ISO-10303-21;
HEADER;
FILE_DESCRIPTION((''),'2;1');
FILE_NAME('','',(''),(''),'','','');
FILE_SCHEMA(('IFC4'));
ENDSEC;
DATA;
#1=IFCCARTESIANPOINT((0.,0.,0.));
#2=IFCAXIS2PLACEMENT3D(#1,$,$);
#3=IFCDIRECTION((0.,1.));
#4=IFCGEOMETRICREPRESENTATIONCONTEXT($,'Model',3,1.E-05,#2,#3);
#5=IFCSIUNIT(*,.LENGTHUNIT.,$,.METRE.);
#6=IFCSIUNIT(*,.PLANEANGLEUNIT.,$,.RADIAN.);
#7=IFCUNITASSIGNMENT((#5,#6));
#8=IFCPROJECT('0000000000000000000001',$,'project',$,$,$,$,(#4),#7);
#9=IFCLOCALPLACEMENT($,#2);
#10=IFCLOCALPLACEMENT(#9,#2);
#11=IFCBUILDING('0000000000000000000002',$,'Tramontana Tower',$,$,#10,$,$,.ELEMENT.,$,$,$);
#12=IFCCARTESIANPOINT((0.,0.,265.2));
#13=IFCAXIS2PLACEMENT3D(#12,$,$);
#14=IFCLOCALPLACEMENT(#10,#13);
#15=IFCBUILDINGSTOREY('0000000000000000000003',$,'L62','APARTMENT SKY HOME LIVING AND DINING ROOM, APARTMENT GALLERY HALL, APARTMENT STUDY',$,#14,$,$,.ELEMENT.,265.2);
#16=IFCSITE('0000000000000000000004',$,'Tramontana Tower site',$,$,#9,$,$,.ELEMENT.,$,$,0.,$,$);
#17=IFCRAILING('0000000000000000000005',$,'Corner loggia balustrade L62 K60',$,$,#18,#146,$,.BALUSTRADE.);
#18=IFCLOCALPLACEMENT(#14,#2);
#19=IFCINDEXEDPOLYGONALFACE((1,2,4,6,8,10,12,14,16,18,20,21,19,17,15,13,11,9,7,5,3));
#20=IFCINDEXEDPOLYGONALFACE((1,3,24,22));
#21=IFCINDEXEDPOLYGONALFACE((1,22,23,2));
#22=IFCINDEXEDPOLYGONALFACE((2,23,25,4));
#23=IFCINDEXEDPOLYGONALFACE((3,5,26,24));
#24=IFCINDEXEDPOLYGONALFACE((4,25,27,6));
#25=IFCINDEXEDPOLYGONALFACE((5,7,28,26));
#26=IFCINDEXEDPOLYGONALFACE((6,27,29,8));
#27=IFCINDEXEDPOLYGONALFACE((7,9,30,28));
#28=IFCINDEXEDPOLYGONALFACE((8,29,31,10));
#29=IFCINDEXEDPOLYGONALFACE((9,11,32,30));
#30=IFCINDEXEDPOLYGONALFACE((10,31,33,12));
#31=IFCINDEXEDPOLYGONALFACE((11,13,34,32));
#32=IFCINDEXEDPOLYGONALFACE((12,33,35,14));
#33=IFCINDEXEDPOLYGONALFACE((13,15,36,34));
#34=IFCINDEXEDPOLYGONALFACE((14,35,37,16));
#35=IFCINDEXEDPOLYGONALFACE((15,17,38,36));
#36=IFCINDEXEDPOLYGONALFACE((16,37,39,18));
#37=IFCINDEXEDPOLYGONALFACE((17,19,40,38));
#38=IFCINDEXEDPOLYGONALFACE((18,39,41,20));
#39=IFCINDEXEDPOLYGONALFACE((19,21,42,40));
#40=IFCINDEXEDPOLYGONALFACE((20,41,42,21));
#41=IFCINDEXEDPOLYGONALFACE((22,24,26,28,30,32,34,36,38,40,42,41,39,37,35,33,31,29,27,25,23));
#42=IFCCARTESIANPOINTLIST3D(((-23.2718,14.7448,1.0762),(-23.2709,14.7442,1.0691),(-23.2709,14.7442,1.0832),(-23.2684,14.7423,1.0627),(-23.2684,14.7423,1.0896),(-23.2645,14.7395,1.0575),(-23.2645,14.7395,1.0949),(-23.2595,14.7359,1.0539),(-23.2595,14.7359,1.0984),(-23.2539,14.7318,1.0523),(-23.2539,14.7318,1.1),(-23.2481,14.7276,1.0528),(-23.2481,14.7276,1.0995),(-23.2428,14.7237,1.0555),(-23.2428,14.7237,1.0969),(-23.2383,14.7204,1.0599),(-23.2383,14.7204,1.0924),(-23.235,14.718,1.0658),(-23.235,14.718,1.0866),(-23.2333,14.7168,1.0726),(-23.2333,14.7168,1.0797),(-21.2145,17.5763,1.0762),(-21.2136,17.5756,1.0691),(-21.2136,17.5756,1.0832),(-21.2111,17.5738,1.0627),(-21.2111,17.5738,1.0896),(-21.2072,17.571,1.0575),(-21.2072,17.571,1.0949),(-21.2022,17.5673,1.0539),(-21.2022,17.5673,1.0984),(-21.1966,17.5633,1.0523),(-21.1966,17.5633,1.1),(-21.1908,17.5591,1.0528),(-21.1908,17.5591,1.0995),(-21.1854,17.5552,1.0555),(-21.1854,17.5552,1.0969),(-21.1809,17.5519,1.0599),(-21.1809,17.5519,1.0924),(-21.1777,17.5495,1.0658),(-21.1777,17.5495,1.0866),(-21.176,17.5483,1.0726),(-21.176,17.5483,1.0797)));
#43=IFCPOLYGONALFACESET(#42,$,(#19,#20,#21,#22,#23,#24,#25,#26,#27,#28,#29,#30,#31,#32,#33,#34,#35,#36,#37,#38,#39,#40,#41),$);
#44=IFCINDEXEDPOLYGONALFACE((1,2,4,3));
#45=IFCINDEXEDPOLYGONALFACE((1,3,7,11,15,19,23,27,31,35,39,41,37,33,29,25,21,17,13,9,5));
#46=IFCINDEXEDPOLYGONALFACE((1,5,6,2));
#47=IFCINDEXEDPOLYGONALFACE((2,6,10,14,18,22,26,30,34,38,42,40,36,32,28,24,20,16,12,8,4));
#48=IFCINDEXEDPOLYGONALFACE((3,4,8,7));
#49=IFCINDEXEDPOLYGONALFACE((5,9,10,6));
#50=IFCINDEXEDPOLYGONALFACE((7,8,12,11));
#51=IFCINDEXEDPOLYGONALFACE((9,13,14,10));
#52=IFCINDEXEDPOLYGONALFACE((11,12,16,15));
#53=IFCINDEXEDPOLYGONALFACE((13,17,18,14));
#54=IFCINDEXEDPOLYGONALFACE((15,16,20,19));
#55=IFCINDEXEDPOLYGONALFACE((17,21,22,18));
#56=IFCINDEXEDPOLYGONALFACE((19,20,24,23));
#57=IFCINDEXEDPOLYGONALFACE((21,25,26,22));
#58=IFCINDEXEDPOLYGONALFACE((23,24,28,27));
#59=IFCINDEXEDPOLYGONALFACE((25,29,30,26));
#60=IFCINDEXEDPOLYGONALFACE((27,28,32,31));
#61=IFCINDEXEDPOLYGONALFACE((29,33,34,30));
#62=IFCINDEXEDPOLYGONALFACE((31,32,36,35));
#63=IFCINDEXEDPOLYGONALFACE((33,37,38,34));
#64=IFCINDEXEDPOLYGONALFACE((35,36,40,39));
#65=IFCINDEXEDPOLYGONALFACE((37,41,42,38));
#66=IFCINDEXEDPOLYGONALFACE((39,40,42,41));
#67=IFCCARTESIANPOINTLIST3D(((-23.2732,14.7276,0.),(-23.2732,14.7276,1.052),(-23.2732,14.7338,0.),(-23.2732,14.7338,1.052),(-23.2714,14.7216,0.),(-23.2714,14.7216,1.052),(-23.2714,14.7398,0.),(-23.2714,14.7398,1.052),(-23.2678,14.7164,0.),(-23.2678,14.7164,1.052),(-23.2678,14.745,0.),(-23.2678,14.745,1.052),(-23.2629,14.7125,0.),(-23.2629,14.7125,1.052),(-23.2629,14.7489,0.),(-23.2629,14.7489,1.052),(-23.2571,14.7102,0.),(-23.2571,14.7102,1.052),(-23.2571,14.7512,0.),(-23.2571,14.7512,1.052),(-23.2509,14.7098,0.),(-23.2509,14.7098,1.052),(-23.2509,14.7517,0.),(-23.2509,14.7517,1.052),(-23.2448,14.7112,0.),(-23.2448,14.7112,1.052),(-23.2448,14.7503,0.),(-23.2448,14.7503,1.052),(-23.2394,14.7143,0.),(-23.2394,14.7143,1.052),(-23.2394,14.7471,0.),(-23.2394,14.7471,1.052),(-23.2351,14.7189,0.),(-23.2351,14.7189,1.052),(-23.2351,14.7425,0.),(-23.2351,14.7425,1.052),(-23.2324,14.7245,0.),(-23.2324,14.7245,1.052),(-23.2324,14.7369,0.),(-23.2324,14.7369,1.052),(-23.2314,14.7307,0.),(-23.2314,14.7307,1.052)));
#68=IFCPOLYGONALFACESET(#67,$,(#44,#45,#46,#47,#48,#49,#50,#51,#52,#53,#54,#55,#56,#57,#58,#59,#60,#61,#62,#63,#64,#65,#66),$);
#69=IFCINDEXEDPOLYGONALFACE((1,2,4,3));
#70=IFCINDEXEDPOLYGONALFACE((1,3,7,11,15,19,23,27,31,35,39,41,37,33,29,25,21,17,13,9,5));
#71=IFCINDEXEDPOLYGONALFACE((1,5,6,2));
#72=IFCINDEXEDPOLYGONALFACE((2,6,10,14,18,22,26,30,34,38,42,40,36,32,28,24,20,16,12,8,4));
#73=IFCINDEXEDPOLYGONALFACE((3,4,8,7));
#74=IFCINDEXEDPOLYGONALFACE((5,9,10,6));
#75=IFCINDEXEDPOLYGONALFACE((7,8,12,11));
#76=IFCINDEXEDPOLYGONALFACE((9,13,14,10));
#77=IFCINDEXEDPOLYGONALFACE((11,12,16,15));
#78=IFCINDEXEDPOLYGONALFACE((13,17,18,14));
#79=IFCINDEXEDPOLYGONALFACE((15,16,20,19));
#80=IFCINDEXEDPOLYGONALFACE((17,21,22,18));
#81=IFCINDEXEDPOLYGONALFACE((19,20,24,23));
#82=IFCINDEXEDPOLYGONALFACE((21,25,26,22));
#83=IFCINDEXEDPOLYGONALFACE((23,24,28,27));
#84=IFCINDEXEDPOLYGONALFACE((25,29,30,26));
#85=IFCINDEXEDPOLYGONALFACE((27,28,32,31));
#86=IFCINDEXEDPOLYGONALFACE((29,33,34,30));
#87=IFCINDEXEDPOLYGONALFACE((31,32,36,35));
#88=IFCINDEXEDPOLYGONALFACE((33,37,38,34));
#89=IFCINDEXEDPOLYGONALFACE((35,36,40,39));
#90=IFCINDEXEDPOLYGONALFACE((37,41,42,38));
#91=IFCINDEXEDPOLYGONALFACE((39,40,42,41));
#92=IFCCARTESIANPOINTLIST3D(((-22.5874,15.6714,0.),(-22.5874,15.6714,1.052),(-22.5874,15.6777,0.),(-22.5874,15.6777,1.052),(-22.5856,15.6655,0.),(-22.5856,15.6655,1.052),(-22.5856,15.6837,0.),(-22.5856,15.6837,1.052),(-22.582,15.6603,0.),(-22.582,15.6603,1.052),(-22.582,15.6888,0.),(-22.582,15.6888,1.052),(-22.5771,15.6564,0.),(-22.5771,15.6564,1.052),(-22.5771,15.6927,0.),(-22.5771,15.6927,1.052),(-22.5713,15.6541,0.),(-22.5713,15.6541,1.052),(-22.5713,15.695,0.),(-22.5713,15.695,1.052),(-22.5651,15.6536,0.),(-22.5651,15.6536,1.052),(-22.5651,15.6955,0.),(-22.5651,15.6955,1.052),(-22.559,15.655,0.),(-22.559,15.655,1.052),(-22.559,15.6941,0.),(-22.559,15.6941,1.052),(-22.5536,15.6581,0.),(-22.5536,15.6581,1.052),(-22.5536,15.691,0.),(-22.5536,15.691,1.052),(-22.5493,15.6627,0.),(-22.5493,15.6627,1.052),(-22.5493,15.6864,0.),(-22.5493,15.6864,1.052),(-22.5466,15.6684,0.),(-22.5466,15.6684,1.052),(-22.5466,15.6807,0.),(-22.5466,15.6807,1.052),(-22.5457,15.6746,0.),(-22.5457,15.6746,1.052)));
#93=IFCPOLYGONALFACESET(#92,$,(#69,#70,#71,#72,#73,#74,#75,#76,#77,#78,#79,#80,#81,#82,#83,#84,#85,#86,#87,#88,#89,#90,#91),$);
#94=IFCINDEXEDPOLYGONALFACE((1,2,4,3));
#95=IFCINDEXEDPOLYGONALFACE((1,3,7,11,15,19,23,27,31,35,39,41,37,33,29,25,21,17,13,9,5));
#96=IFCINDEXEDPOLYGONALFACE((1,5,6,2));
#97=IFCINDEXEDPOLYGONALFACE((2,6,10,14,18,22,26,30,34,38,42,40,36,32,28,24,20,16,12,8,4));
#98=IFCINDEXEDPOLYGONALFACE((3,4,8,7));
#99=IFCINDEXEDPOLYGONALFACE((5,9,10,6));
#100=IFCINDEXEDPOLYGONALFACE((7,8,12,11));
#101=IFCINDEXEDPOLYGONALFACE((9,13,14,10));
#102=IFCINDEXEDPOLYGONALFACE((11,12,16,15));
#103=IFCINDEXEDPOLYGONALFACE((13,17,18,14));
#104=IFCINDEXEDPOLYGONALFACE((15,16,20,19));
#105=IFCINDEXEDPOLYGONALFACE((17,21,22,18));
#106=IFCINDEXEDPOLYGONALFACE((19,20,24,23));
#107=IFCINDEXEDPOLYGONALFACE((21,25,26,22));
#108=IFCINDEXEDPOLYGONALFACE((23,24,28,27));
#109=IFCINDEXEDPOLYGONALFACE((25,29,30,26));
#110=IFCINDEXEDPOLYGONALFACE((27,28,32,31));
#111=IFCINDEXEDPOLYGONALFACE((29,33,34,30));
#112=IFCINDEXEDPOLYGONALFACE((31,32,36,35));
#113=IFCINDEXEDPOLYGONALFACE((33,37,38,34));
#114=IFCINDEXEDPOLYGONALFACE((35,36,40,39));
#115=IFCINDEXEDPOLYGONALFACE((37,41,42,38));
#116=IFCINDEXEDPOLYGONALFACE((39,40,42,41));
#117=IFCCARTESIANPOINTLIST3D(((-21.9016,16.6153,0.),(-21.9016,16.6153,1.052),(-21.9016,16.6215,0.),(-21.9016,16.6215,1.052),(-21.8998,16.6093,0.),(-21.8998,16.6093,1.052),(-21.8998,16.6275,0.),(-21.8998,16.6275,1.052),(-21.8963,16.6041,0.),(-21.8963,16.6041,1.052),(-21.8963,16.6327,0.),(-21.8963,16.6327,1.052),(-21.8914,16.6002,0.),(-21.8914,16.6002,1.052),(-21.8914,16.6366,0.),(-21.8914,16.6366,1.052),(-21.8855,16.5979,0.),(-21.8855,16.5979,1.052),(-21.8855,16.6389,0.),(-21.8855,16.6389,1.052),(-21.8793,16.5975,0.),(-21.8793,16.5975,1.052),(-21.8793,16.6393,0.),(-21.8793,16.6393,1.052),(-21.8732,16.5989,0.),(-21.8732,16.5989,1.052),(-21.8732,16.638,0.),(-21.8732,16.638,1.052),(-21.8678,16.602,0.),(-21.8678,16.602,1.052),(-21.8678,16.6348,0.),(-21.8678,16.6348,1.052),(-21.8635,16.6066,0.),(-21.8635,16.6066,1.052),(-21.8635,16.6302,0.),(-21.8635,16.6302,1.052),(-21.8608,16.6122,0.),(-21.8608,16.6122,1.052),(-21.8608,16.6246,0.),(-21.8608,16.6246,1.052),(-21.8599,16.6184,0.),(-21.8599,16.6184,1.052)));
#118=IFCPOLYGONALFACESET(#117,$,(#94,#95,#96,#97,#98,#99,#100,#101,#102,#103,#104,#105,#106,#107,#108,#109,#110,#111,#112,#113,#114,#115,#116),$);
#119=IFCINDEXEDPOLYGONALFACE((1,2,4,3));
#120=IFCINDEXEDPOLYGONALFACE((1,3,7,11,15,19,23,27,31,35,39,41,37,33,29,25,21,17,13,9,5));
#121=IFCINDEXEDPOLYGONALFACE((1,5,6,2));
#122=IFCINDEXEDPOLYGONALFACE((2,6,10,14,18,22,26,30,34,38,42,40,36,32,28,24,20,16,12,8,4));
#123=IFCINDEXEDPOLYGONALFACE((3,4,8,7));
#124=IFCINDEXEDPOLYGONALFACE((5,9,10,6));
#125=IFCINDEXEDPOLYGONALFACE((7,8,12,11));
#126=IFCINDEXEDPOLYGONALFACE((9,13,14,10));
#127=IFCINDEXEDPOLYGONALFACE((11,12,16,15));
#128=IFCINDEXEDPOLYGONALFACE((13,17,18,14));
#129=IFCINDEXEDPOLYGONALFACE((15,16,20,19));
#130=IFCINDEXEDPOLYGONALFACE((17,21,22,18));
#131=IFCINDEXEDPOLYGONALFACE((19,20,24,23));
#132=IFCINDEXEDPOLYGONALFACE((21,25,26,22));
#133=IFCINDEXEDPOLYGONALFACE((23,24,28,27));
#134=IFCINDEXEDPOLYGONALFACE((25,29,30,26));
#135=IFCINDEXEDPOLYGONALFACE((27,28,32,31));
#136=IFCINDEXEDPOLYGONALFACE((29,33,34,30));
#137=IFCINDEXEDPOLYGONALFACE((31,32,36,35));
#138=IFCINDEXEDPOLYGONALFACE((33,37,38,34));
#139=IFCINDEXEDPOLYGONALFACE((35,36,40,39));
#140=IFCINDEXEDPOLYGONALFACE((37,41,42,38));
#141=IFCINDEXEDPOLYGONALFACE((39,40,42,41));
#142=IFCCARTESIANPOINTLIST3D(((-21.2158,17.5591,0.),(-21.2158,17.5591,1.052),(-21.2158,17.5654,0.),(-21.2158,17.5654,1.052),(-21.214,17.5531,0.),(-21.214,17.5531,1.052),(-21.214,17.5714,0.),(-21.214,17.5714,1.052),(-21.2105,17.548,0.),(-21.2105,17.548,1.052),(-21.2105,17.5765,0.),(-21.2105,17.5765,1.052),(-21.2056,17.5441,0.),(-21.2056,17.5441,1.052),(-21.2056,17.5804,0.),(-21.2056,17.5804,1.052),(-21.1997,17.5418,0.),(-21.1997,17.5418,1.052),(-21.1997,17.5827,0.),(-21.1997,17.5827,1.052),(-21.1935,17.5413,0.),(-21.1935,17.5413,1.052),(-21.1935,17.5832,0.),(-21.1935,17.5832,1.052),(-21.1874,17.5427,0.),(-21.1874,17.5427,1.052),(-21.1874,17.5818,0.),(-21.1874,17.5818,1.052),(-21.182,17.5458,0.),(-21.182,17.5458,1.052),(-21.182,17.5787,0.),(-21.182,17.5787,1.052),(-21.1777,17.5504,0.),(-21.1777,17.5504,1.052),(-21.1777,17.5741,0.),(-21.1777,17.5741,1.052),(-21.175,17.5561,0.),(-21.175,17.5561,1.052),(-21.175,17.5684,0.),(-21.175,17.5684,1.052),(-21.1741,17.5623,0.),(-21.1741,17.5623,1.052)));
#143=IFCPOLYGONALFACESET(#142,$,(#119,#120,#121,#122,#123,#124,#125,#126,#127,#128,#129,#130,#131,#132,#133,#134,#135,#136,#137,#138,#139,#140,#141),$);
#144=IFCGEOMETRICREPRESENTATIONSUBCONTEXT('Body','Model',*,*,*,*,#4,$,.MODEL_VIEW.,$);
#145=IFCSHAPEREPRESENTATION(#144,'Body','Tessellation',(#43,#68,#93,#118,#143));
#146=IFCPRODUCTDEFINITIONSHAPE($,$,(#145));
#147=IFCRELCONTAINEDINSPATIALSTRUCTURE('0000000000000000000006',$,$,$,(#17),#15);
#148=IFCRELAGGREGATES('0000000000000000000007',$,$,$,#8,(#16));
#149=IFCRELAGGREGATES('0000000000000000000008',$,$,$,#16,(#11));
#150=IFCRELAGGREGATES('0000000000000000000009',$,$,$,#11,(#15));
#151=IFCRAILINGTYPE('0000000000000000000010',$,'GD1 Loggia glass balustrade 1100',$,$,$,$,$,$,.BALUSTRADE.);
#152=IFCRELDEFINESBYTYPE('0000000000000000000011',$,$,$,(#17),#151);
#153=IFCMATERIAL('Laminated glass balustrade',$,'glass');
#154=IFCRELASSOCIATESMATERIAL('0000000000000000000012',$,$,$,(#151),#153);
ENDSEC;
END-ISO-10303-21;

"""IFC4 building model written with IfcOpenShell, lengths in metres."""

from ifc_helpers import new_model, si_unit, direction, frame, origin, origin_2d, place, context, subcontext, project, spatial, circle, extrude, material, type_object, element, save


model = new_model("IFC4")

# Units and contexts
model_context = context("Model", 3, precision=1e-05, world=origin(), true_north=direction((0.0, 1.0)))
body_context = subcontext(model_context, "Body", "Model", "MODEL_VIEW")
ifc_project = project(units=[si_unit("LENGTHUNIT", "METRE"), si_unit("PLANEANGLEUNIT", "RADIAN")], contexts=[model_context])

# Site, building, storey
site_placement = place(None, origin())
site = spatial("IfcSite", under=ifc_project, at=site_placement, Name="Tramontana Tower site", CompositionType="ELEMENT", RefElevation=0.0)
building_placement = place(site_placement, origin())
building = spatial("IfcBuilding", under=site, at=building_placement, Name="Tramontana Tower", CompositionType="ELEMENT")
storey_placement = place(building_placement, frame((0.0, 0.0, 265.2)))
storey = spatial("IfcBuildingStorey", under=building, at=storey_placement, Name="L62", Description="APARTMENT SKY HOME LIVING AND DINING ROOM, APARTMENT GALLERY HALL, APARTMENT STUDY", CompositionType="ELEMENT", Elevation=265.2)

# Railing
ifc_material_1 = material(Name="Laminated glass balustrade", Category="glass")
railing_type = type_object("IfcRailingType", Name="GD1 Loggia glass balustrade 1100", PredefinedType="BALUSTRADE", material=ifc_material_1)
railing_1_placement = place(storey_placement, frame((-23.2524, 14.7307, 0.0)))
element("IfcRailing", 1, at=railing_1_placement, inside=storey, type_object=railing_type, Name="Corner loggia balustrade L62 K60", PredefinedType="BALUSTRADE", context=body_context, shape_type="SweptSolid", body=[
    extrude(circle(Radius=0.0239, at=origin_2d()), frame((0.0, 0.0, 1.0762), z_axis=(0.587811, 0.808998, 0.0), x_axis=(-0.808998, 0.587811, 0.0)), (0.0, 0.0, 1.0), 3.5),
    extrude(circle(Radius=0.021, at=origin_2d()), origin(), (0.0, 0.0, 1.0), 1.052),
    extrude(circle(Radius=0.021, at=origin_2d()), frame((0.6858, 0.9438, 0.0)), (0.0, 0.0, 1.0), 1.052),
    extrude(circle(Radius=0.021, at=origin_2d()), frame((1.3716, 1.8877, 0.0)), (0.0, 0.0, 1.0), 1.052),
    extrude(circle(Radius=0.021, at=origin_2d()), frame((2.0574, 2.8315, 0.0)), (0.0, 0.0, 1.0), 1.052),
])

save(model, "model.ifc")
